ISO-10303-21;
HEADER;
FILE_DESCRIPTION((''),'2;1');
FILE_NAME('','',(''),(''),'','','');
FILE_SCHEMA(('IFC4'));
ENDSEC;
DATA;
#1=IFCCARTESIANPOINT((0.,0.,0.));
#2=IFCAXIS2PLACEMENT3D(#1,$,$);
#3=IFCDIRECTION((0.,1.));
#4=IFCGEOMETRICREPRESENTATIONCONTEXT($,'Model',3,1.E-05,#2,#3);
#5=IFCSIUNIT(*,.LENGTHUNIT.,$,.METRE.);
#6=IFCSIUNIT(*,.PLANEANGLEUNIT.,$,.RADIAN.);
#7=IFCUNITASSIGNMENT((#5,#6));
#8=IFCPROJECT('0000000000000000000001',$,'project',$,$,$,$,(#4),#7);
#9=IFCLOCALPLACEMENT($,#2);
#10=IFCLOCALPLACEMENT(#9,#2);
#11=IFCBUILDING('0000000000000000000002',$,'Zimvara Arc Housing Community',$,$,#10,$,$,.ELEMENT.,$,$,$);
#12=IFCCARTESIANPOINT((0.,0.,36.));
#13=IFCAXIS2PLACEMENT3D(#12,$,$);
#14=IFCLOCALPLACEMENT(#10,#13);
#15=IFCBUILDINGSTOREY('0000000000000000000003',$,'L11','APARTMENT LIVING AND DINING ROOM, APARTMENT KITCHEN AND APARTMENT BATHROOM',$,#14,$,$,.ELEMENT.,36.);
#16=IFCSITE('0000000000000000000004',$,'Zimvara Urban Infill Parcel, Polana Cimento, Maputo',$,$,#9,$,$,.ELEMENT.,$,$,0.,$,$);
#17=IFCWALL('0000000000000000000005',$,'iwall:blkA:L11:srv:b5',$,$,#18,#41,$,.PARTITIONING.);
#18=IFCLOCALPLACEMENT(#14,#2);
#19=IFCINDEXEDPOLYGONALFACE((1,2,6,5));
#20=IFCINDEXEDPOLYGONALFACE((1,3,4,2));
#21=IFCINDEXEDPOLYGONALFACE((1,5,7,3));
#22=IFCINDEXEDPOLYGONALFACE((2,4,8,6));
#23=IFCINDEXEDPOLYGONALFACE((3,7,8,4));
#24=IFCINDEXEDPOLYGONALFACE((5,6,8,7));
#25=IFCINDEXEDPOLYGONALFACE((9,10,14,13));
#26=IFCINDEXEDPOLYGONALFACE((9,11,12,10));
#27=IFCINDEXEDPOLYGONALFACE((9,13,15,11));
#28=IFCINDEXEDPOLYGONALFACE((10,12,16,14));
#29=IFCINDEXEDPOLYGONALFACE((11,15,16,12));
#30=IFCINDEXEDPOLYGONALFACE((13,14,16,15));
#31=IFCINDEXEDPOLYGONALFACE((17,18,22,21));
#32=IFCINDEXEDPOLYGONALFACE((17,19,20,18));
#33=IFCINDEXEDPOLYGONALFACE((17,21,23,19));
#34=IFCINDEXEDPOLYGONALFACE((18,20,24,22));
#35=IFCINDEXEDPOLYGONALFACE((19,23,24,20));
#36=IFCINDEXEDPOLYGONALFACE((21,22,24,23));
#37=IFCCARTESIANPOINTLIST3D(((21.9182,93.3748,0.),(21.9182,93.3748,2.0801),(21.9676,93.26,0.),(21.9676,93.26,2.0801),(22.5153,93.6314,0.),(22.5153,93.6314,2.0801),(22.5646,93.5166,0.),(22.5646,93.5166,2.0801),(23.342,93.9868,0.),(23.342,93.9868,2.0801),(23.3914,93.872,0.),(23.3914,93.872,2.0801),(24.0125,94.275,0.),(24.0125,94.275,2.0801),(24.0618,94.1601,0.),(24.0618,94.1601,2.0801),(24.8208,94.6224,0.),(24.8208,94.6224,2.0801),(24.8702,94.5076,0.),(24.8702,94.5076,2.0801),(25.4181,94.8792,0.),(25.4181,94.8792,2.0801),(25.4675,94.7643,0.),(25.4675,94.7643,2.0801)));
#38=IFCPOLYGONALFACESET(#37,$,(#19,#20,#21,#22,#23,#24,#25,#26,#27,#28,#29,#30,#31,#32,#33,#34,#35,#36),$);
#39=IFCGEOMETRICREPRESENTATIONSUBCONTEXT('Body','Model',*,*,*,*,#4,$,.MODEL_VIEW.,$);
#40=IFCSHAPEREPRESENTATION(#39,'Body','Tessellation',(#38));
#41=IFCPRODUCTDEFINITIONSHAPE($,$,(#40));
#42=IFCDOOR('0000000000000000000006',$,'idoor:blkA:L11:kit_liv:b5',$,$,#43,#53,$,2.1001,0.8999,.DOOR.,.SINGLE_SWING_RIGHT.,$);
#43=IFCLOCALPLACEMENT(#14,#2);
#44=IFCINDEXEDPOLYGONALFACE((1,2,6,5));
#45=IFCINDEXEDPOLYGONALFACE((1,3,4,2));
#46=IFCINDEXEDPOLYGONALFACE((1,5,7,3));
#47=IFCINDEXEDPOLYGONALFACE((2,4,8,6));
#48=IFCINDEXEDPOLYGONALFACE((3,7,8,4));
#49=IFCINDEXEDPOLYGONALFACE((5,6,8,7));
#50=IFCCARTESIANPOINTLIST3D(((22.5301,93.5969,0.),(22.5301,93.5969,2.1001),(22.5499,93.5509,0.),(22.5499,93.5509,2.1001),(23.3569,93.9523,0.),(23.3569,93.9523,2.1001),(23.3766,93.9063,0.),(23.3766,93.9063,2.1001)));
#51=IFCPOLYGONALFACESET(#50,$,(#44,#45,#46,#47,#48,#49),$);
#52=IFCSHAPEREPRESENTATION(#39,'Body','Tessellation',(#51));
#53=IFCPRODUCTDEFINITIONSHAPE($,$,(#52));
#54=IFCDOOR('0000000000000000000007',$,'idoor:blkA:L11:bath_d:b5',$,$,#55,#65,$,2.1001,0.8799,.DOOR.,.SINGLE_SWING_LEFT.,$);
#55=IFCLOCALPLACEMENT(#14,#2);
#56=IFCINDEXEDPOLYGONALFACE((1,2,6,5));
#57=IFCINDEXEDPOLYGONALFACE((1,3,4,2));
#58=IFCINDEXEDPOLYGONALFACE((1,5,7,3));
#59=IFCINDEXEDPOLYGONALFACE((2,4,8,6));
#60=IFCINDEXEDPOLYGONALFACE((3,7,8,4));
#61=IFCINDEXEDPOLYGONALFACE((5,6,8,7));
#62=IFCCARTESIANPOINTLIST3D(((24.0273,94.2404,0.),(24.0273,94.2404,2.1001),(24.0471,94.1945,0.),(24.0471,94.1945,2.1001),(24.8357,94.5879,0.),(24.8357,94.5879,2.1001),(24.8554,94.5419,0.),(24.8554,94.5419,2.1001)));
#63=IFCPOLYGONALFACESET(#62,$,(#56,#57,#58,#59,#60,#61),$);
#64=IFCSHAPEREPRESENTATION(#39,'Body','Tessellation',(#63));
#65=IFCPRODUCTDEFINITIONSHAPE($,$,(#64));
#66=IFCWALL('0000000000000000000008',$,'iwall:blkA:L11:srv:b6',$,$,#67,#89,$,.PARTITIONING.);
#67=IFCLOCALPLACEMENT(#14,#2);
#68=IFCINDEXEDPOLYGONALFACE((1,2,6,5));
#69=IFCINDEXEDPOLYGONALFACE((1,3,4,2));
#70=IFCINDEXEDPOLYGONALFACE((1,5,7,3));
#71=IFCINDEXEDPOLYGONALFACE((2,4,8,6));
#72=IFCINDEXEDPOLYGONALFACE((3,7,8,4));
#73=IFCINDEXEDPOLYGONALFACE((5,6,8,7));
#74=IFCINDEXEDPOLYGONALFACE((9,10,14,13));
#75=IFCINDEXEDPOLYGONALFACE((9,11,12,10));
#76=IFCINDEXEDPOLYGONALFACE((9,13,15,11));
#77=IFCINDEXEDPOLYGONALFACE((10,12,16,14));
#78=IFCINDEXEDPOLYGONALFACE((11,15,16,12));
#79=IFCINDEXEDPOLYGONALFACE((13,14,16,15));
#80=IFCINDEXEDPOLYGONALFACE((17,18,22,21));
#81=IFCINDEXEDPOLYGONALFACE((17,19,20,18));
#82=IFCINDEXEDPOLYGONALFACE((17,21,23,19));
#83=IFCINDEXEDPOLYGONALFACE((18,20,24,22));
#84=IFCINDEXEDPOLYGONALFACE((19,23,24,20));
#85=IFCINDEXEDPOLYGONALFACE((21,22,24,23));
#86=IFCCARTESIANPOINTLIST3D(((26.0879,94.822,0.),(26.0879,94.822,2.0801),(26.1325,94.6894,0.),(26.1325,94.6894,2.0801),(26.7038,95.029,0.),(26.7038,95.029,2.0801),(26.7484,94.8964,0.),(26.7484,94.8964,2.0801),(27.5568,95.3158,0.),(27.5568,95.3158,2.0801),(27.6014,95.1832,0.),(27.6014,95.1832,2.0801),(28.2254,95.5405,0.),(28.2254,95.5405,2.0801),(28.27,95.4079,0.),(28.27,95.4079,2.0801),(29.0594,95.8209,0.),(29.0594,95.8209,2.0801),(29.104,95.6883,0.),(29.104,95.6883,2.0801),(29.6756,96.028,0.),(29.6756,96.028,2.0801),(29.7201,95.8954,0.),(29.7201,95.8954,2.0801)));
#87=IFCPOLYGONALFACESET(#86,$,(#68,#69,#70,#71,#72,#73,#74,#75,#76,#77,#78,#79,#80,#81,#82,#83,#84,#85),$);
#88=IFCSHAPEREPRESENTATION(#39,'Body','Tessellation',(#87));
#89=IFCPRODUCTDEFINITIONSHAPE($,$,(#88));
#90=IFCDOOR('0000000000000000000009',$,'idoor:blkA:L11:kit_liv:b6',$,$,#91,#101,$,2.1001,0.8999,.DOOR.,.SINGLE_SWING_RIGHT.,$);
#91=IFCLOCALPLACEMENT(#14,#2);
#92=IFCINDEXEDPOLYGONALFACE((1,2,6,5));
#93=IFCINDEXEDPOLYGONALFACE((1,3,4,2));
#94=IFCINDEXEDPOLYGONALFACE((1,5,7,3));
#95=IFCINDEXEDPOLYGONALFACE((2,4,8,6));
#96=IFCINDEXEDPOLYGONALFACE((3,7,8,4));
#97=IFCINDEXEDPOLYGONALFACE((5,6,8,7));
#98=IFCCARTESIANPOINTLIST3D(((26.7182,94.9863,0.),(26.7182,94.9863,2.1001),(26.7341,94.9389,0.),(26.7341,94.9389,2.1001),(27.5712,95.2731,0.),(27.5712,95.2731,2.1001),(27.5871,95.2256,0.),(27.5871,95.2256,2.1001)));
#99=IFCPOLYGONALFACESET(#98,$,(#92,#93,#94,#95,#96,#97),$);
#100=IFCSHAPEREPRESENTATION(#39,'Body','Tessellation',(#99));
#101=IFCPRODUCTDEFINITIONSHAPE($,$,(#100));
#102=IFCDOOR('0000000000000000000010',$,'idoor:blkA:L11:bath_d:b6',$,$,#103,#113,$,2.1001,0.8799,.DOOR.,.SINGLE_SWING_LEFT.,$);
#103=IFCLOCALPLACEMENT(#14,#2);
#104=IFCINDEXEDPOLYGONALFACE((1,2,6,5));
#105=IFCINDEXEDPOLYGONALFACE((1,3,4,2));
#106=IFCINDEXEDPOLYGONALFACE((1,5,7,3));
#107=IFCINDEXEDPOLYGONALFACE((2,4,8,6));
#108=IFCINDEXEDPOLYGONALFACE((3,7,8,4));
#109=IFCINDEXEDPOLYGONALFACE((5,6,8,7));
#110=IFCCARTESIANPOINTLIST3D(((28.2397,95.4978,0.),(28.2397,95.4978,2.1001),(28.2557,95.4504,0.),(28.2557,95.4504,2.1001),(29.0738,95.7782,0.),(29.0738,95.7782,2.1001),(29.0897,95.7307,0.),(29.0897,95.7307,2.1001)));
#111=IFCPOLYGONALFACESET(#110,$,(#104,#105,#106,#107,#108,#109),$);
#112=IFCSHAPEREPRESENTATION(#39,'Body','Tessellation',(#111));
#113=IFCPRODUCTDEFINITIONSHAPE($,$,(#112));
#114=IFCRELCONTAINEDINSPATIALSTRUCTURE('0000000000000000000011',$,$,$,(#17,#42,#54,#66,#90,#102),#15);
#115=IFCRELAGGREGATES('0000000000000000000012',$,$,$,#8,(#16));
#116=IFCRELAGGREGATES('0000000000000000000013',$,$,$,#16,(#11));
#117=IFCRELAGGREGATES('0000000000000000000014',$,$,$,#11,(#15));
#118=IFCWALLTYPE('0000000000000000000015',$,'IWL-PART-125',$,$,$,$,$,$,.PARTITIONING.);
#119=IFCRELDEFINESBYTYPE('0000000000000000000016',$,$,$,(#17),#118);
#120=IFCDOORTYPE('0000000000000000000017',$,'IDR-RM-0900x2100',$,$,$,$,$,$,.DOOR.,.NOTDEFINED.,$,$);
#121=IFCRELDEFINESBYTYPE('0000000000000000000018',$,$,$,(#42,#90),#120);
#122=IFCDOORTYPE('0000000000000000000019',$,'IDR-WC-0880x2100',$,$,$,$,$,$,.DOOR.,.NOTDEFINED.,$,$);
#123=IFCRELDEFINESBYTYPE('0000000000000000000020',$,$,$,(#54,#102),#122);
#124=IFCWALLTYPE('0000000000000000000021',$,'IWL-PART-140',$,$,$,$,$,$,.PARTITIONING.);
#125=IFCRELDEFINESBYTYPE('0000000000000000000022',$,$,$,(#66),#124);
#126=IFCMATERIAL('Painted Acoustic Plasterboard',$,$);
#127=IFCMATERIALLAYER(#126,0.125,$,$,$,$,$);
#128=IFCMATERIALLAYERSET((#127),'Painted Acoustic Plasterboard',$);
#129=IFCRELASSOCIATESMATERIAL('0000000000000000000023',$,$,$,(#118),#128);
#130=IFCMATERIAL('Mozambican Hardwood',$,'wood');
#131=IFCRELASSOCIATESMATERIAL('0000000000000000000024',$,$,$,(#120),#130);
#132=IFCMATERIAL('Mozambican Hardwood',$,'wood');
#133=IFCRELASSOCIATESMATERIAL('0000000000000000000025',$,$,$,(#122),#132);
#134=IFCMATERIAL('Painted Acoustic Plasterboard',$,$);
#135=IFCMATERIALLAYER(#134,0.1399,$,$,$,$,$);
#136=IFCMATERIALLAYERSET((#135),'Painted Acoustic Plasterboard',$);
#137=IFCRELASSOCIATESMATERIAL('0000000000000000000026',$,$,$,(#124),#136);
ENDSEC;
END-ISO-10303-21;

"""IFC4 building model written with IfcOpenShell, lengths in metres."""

from ifc_helpers import new_model, si_unit, direction, frame, frame_2d, origin, place, context, subcontext, project, spatial, rectangle, extrude, material, layer, layer_set, type_object, element, fill, save


model = new_model("IFC4")

# Units and contexts
model_context = context("Model", 3, precision=1e-05, world=origin(), true_north=direction((0.0, 1.0)))
body_context = subcontext(model_context, "Body", "Model", "MODEL_VIEW")
ifc_project = project(units=[si_unit("LENGTHUNIT", "METRE"), si_unit("PLANEANGLEUNIT", "RADIAN")], contexts=[model_context])

# Site, building, storey
site_placement = place(None, origin())
site = spatial("IfcSite", under=ifc_project, at=site_placement, Name="Zimvara Urban Infill Parcel, Polana Cimento, Maputo", CompositionType="ELEMENT", RefElevation=0.0)
building_placement = place(site_placement, origin())
building = spatial("IfcBuilding", under=site, at=building_placement, Name="Zimvara Arc Housing Community", CompositionType="ELEMENT")
storey_placement = place(building_placement, frame((0.0, 0.0, 36.0)))
storey = spatial("IfcBuildingStorey", under=building, at=storey_placement, Name="L11", Description="APARTMENT LIVING AND DINING ROOM, APARTMENT KITCHEN AND APARTMENT BATHROOM", CompositionType="ELEMENT", Elevation=36.0)

# Walls, openings, doors
ifc_material_1 = material(Name="Painted Acoustic Plasterboard")
ifc_layer_1 = layer(ifc_material_1, 0.125)
ifc_layer_set_1 = layer_set([ifc_layer_1], Name="Painted Acoustic Plasterboard")
wall_type_1 = type_object("IfcWallType", Name="IWL-PART-125", PredefinedType="PARTITIONING", material=ifc_layer_set_1)
wall_1_placement = place(storey_placement, frame((21.9429, 93.3174, 0.0), z_axis=(0.0, 0.0, 1.0), x_axis=(0.918727, 0.394894, 0.0)))
wall_1 = element("IfcWall", 1, at=wall_1_placement, inside=storey, type_object=wall_type_1, Name="iwall:blkA:L11:srv:b5", PredefinedType="PARTITIONING", context=body_context, shape_type="SweptSolid", body=[
    extrude(rectangle(XDim=3.8096, YDim=0.125, at=frame_2d((1.9048, 0.0))), origin(), (0.0, 0.0, 1.0), 2.0801),
])
opening_1_placement = place(wall_1_placement, frame((0.6499, 0.0, 0.0)))
opening_1 = element("IfcOpeningElement", 2, at=opening_1_placement, cuts=wall_1, PredefinedType="OPENING", context=body_context, shape_type="SweptSolid", body=[
    extrude(rectangle(XDim=0.8999, YDim=2.1001, at=frame_2d((0.45, 1.05))), frame((0.0, 0.0725, 0.0), z_axis=(0.0, -1.0, 0.0), x_axis=(1.0, 0.0, 0.0)), (0.0, 0.0, 1.0), 0.145),
])
opening_2_placement = place(wall_1_placement, frame((2.2795, 0.0, 0.0)))
opening_2 = element("IfcOpeningElement", 3, at=opening_2_placement, cuts=wall_1, PredefinedType="OPENING", context=body_context, shape_type="SweptSolid", body=[
    extrude(rectangle(XDim=0.8799, YDim=2.1001, at=frame_2d((0.4399, 1.05))), frame((0.0, 0.0725, 0.0), z_axis=(0.0, -1.0, 0.0), x_axis=(1.0, 0.0, 0.0)), (0.0, 0.0, 1.0), 0.145),
])
ifc_material_2 = material(Name="Mozambican Hardwood", Category="wood")
door_type_1 = type_object("IfcDoorType", Name="IDR-RM-0900x2100", OperationType="NOTDEFINED", PredefinedType="DOOR", material=ifc_material_2)
door_1_placement = place(opening_1_placement, origin())
door_1 = element("IfcDoor", 4, at=door_1_placement, inside=storey, type_object=door_type_1, Name="idoor:blkA:L11:kit_liv:b5", OperationType="SINGLE_SWING_RIGHT", OverallHeight=2.1001, OverallWidth=0.8999, PredefinedType="DOOR", context=body_context, shape_type="SweptSolid", body=[
    extrude(rectangle(XDim=0.8999, YDim=2.1001, at=frame_2d((0.45, 1.05))), frame((0.0, 0.0249, 0.0), z_axis=(0.0, -1.0, 0.0), x_axis=(1.0, 0.0, 0.0)), (0.0, 0.0, 1.0), 0.05),
])
fill(opening_1, door_1)
ifc_material_3 = material(Name="Mozambican Hardwood", Category="wood")
door_type_2 = type_object("IfcDoorType", Name="IDR-WC-0880x2100", OperationType="NOTDEFINED", PredefinedType="DOOR", material=ifc_material_3)
door_2_placement = place(opening_2_placement, origin())
door_2 = element("IfcDoor", 5, at=door_2_placement, inside=storey, type_object=door_type_2, Name="idoor:blkA:L11:bath_d:b5", OperationType="SINGLE_SWING_LEFT", OverallHeight=2.1001, OverallWidth=0.8799, PredefinedType="DOOR", context=body_context, shape_type="SweptSolid", body=[
    extrude(rectangle(XDim=0.8799, YDim=2.1001, at=frame_2d((0.4399, 1.05))), frame((0.0, 0.0249, 0.0), z_axis=(0.0, -1.0, 0.0), x_axis=(1.0, 0.0, 0.0)), (0.0, 0.0, 1.0), 0.05),
])
fill(opening_2, door_2)
ifc_material_4 = material(Name="Painted Acoustic Plasterboard")
ifc_layer_2 = layer(ifc_material_4, 0.1399)
ifc_layer_set_2 = layer_set([ifc_layer_2], Name="Painted Acoustic Plasterboard")
wall_type_2 = type_object("IfcWallType", Name="IWL-PART-140", PredefinedType="PARTITIONING", material=ifc_layer_set_2)
wall_2_placement = place(storey_placement, frame((26.1101, 94.7556, 0.0), z_axis=(0.0, 0.0, 1.0), x_axis=(0.947874, 0.318646, 0.0)))
wall_2 = element("IfcWall", 6, at=wall_2_placement, inside=storey, type_object=wall_type_2, Name="iwall:blkA:L11:srv:b6", PredefinedType="PARTITIONING", context=body_context, shape_type="SweptSolid", body=[
    extrude(rectangle(XDim=3.7849, YDim=0.1399, at=frame_2d((1.8926, 0.0))), origin(), (0.0, 0.0, 1.0), 2.0801),
])
opening_3_placement = place(wall_2_placement, frame((0.6499, 0.0, 0.0)))
opening_3 = element("IfcOpeningElement", 7, at=opening_3_placement, cuts=wall_2, PredefinedType="OPENING", context=body_context, shape_type="SweptSolid", body=[
    extrude(rectangle(XDim=0.8999, YDim=2.1001, at=frame_2d((0.45, 1.05))), frame((0.0, 0.0798, 0.0), z_axis=(0.0, -1.0, 0.0), x_axis=(1.0, 0.0, 0.0)), (0.0, 0.0, 1.0), 0.1599),
])
opening_4_placement = place(wall_2_placement, frame((2.2551, 0.0, 0.0)))
opening_4 = element("IfcOpeningElement", 8, at=opening_4_placement, cuts=wall_2, PredefinedType="OPENING", context=body_context, shape_type="SweptSolid", body=[
    extrude(rectangle(XDim=0.8799, YDim=2.1001, at=frame_2d((0.4399, 1.05))), frame((0.0, 0.0798, 0.0), z_axis=(0.0, -1.0, 0.0), x_axis=(1.0, 0.0, 0.0)), (0.0, 0.0, 1.0), 0.1599),
])
door_3_placement = place(opening_3_placement, origin())
door_3 = element("IfcDoor", 9, at=door_3_placement, inside=storey, type_object=door_type_1, Name="idoor:blkA:L11:kit_liv:b6", OperationType="SINGLE_SWING_RIGHT", OverallHeight=2.1001, OverallWidth=0.8999, PredefinedType="DOOR", context=body_context, shape_type="SweptSolid", body=[
    extrude(rectangle(XDim=0.8999, YDim=2.1001, at=frame_2d((0.45, 1.05))), frame((0.0, 0.0249, 0.0), z_axis=(0.0, -1.0, 0.0), x_axis=(1.0, 0.0, 0.0)), (0.0, 0.0, 1.0), 0.05),
])
fill(opening_3, door_3)
door_4_placement = place(opening_4_placement, origin())
door_4 = element("IfcDoor", 10, at=door_4_placement, inside=storey, type_object=door_type_2, Name="idoor:blkA:L11:bath_d:b6", OperationType="SINGLE_SWING_LEFT", OverallHeight=2.1001, OverallWidth=0.8799, PredefinedType="DOOR", context=body_context, shape_type="SweptSolid", body=[
    extrude(rectangle(XDim=0.8799, YDim=2.1001, at=frame_2d((0.4399, 1.05))), frame((0.0, 0.0249, 0.0), z_axis=(0.0, -1.0, 0.0), x_axis=(1.0, 0.0, 0.0)), (0.0, 0.0, 1.0), 0.05),
])
fill(opening_4, door_4)

save(model, "model.ifc")
